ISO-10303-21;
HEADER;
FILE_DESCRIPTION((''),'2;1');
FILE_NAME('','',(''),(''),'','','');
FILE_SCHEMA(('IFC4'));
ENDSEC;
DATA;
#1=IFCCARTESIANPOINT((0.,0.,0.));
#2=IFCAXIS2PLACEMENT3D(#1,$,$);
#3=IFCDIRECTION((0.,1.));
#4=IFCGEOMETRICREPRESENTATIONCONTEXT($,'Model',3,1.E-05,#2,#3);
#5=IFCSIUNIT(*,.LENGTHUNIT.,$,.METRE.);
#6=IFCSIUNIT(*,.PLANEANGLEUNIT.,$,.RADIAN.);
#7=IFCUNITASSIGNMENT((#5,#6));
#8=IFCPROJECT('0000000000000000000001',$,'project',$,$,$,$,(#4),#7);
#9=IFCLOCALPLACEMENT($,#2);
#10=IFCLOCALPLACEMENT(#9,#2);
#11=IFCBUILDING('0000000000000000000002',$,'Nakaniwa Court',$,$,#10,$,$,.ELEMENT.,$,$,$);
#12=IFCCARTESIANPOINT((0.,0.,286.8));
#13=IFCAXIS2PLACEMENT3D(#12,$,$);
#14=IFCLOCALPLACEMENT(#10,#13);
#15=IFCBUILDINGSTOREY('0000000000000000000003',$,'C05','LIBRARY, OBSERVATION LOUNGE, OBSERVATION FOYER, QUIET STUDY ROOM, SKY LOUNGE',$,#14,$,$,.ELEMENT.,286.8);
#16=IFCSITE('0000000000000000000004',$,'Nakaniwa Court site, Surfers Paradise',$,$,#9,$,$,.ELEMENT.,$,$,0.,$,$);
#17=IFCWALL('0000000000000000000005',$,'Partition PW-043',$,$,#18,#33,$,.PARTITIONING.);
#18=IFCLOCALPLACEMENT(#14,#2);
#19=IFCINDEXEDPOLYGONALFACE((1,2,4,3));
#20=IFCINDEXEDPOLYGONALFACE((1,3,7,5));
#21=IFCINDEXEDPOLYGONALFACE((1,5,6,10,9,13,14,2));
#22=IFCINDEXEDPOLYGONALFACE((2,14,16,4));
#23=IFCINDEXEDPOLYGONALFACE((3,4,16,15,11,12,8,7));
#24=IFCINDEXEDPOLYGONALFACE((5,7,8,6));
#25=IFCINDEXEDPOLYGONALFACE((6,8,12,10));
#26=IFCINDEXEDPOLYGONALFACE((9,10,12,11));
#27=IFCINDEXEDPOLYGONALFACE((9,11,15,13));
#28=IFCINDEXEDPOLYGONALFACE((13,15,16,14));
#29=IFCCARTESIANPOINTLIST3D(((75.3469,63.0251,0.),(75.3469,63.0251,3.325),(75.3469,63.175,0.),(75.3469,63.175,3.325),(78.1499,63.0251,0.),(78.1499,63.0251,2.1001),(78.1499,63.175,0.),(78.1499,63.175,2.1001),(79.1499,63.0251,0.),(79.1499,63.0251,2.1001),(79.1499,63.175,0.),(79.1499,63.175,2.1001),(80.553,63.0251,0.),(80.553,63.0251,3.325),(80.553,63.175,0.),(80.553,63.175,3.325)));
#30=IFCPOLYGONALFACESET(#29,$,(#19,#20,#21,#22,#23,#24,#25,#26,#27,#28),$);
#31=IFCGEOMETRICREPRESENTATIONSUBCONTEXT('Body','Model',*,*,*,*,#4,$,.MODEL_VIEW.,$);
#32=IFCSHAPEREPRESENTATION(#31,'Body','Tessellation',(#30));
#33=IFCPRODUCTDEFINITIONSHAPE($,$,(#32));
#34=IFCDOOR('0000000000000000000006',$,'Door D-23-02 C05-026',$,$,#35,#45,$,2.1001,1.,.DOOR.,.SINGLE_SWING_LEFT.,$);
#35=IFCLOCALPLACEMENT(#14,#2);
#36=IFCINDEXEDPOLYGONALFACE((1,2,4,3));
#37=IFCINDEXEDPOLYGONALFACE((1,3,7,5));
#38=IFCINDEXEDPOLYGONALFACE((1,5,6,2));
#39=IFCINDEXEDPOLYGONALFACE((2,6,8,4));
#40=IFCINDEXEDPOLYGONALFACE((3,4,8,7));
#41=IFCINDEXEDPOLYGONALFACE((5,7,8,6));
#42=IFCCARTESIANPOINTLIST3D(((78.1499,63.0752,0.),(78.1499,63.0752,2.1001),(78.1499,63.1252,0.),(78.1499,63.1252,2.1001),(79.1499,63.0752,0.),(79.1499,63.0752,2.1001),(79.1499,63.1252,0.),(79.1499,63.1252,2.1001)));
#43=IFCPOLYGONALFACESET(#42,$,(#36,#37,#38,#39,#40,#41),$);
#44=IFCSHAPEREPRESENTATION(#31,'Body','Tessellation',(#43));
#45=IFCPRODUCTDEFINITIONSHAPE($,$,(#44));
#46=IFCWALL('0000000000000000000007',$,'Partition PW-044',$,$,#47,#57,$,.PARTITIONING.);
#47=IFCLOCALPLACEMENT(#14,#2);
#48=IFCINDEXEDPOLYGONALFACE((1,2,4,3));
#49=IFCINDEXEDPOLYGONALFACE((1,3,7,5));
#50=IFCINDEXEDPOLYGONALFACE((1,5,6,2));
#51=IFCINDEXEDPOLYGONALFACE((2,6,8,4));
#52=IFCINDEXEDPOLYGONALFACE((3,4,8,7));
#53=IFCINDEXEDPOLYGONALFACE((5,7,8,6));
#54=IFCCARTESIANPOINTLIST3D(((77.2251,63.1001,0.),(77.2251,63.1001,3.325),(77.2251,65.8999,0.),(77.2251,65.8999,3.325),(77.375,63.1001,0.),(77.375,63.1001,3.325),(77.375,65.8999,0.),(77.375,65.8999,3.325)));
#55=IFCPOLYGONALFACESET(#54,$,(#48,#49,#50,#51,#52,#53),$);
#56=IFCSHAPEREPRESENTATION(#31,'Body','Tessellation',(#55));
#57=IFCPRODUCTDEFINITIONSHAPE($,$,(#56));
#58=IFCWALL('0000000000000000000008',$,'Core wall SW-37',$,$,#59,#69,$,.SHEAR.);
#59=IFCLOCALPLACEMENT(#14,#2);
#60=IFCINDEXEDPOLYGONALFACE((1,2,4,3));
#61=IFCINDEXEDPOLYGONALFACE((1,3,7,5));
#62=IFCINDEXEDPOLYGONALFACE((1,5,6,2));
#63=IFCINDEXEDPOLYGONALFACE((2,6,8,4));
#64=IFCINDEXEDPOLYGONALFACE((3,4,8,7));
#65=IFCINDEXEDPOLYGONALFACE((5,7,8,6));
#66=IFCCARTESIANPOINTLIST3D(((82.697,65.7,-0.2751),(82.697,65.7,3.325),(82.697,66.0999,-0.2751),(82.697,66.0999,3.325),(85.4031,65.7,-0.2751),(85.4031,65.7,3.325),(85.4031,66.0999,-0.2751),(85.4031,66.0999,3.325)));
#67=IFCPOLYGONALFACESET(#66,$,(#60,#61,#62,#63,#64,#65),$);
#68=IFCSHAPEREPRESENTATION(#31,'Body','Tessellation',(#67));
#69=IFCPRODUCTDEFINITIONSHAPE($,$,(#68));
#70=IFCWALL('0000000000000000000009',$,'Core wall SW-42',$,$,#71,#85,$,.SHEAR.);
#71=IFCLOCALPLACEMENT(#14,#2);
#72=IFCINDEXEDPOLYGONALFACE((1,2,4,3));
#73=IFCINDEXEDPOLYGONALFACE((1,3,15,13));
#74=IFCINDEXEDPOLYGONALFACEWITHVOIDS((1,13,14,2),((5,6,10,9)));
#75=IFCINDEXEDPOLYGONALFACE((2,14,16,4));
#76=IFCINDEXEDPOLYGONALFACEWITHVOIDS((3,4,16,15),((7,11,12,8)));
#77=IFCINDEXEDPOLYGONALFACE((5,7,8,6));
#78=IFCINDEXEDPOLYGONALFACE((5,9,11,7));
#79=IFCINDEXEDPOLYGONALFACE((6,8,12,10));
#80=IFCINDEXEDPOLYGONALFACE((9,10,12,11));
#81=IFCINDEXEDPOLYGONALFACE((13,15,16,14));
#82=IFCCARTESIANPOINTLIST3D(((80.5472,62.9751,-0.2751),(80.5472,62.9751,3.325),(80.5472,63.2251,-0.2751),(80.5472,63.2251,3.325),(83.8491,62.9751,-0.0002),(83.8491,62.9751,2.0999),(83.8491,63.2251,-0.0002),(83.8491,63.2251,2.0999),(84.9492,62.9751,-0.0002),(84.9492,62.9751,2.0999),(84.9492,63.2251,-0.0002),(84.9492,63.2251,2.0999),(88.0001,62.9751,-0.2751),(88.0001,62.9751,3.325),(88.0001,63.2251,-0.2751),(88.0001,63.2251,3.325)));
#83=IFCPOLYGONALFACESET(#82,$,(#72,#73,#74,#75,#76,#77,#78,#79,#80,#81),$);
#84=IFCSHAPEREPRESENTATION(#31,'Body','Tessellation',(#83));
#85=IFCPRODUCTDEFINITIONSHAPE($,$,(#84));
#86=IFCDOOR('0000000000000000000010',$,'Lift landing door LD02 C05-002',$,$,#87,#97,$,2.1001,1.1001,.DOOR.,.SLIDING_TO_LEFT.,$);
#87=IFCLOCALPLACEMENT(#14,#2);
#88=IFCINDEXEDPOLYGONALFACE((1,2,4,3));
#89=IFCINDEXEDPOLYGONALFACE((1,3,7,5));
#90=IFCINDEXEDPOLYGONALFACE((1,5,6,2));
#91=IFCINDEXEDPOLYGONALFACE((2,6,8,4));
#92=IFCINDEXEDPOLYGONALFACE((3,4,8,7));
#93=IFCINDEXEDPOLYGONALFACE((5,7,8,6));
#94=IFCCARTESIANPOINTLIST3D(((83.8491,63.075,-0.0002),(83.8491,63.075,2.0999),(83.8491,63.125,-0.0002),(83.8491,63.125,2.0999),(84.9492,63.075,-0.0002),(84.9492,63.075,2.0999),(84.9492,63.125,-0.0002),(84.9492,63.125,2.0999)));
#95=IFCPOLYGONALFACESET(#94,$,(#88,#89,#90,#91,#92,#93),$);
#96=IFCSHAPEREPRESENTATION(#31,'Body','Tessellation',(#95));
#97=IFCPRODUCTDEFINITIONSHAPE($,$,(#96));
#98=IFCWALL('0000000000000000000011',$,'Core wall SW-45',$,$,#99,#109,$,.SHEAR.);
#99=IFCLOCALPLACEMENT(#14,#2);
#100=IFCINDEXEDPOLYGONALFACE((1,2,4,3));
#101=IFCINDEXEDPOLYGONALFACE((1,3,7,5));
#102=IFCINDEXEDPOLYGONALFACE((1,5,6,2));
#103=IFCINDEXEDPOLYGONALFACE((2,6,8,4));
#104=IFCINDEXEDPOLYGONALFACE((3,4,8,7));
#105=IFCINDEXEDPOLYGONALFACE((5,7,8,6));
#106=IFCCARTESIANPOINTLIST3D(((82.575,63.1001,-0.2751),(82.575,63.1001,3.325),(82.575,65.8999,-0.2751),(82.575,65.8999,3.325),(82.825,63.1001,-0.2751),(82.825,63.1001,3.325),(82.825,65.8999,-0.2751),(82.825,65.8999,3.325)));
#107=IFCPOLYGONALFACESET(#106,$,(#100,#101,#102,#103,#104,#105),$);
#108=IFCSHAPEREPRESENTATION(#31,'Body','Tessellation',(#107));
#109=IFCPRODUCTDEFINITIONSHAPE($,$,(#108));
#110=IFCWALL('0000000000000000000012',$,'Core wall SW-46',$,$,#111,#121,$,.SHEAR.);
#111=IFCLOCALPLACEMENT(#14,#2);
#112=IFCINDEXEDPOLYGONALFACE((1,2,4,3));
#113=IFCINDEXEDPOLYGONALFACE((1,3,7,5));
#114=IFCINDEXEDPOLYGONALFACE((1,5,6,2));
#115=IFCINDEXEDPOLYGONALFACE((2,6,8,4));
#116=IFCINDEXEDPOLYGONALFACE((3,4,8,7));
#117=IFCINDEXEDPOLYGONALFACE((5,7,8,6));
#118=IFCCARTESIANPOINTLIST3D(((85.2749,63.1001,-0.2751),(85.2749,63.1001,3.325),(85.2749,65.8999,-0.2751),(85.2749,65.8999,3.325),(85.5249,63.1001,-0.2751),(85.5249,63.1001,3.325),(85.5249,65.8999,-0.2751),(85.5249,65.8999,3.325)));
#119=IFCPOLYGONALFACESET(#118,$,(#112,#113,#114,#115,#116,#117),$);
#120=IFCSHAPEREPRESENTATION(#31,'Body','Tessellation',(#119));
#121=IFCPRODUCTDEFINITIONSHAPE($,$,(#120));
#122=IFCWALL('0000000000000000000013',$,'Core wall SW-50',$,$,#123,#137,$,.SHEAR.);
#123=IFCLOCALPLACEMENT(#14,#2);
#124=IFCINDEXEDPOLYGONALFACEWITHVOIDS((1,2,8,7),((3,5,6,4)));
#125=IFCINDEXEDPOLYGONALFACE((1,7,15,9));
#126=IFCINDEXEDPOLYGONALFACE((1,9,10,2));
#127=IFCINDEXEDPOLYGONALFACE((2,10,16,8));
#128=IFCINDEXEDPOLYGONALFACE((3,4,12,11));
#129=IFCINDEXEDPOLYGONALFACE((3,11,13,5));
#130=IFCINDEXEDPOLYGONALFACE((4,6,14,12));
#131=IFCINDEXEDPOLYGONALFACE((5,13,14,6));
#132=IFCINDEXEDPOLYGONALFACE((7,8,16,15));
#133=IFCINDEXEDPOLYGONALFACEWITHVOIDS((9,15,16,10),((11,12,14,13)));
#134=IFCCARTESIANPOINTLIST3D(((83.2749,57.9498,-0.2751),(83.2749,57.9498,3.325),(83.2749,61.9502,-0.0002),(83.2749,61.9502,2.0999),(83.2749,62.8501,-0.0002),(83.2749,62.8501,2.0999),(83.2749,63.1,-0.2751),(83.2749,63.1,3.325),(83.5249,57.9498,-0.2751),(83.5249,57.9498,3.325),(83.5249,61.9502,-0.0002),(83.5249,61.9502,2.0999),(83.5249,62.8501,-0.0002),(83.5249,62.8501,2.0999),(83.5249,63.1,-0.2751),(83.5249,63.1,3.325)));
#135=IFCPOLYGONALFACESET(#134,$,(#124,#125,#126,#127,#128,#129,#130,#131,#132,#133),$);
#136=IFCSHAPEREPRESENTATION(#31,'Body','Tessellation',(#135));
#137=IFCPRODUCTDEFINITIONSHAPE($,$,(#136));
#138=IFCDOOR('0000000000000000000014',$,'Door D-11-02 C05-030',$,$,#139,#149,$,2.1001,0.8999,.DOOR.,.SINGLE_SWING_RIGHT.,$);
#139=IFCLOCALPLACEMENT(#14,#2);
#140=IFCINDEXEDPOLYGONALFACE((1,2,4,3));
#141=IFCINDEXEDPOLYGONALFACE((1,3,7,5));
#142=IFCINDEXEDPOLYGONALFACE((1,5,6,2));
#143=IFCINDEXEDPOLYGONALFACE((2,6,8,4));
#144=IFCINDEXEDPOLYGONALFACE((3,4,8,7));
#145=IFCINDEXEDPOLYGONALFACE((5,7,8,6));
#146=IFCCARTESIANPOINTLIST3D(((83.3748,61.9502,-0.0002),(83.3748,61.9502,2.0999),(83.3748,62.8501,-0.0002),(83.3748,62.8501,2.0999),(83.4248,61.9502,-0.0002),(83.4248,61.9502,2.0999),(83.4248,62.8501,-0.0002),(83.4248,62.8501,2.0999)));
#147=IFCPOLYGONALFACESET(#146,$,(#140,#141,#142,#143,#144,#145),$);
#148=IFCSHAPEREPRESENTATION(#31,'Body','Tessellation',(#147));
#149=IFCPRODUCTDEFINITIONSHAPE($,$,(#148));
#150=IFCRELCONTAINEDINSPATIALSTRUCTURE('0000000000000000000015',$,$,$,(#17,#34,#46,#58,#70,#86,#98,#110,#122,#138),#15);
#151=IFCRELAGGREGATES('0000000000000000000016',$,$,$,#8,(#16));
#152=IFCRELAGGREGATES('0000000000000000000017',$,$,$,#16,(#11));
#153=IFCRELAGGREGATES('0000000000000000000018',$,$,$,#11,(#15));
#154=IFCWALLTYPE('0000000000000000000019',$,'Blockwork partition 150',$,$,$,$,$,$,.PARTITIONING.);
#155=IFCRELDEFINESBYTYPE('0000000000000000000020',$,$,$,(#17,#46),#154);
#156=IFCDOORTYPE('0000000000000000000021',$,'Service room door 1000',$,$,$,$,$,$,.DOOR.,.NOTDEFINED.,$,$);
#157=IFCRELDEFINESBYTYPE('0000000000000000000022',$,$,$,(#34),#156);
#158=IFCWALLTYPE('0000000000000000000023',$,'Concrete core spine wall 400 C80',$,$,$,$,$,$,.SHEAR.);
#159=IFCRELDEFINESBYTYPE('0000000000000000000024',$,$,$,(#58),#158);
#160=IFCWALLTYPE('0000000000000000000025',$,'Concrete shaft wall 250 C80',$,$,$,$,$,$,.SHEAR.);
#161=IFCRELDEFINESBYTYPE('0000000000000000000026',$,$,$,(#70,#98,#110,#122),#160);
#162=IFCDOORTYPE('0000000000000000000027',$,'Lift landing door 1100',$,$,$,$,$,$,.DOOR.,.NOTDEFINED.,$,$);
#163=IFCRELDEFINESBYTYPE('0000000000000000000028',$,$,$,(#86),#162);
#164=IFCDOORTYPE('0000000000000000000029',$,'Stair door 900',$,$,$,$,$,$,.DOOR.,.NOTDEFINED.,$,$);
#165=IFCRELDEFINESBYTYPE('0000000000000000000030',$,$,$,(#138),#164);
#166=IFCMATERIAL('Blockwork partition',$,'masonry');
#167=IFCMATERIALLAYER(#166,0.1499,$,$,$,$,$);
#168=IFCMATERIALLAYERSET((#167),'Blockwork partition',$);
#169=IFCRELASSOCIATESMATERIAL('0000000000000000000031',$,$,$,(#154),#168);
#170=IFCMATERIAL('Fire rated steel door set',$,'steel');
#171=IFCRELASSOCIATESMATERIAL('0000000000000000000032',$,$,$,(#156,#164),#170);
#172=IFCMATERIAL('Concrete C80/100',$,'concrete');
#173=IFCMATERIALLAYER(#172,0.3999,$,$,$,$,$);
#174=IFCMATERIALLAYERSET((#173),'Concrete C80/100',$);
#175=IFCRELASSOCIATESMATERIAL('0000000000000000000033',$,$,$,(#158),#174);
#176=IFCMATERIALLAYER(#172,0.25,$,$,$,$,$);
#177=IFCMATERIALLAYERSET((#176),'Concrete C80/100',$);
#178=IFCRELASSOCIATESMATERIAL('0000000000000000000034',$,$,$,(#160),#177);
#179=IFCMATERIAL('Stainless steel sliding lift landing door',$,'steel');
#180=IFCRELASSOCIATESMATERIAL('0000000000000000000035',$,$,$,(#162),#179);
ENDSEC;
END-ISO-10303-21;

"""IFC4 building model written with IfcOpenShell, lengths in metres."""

from ifc_helpers import new_model, si_unit, direction, frame, frame_2d, origin, place, context, subcontext, project, spatial, rectangle, extrude, material, layer, layer_set, type_object, element, fill, save


model = new_model("IFC4")

# Units and contexts
model_context = context("Model", 3, precision=1e-05, world=origin(), true_north=direction((0.0, 1.0)))
body_context = subcontext(model_context, "Body", "Model", "MODEL_VIEW")
ifc_project = project(units=[si_unit("LENGTHUNIT", "METRE"), si_unit("PLANEANGLEUNIT", "RADIAN")], contexts=[model_context])

# Site, building, storey
site_placement = place(None, origin())
site = spatial("IfcSite", under=ifc_project, at=site_placement, Name="Nakaniwa Court site, Surfers Paradise", CompositionType="ELEMENT", RefElevation=0.0)
building_placement = place(site_placement, origin())
building = spatial("IfcBuilding", under=site, at=building_placement, Name="Nakaniwa Court", CompositionType="ELEMENT")
storey_placement = place(building_placement, frame((0.0, 0.0, 286.8)))
storey = spatial("IfcBuildingStorey", under=building, at=storey_placement, Name="C05", Description="LIBRARY, OBSERVATION LOUNGE, OBSERVATION FOYER, QUIET STUDY ROOM, SKY LOUNGE", CompositionType="ELEMENT", Elevation=286.8)

# Shared definitions
ifc_material_1 = material(Name="Blockwork partition", Category="masonry")
ifc_layer_1 = layer(ifc_material_1, 0.1499)
ifc_layer_set_1 = layer_set([ifc_layer_1], Name="Blockwork partition")
wall_type_1 = type_object("IfcWallType", Name="Blockwork partition 150", PredefinedType="PARTITIONING", material=ifc_layer_set_1)

# Shared definitions
ifc_material_2 = material(Name="Fire rated steel door set", Category="steel")

# Wall, opening, door
wall_1_placement = place(storey_placement, frame((80.553, 63.1001, 0.0), z_axis=(0.0, 0.0, 1.0), x_axis=(-1.0, 0.0, 0.0)))
wall_1 = element("IfcWall", 1, at=wall_1_placement, inside=storey, type_object=wall_type_1, Name="Partition PW-043", PredefinedType="PARTITIONING", context=body_context, shape_type="SweptSolid", body=[
    extrude(rectangle(XDim=5.2061, YDim=0.1499, at=frame_2d((2.603, 0.0))), origin(), (0.0, 0.0, 1.0), 3.325),
])
opening_1_placement = place(wall_1_placement, frame((1.4031, 0.0, 0.0)))
opening_1 = element("IfcOpeningElement", 2, at=opening_1_placement, cuts=wall_1, PredefinedType="OPENING", context=body_context, shape_type="SweptSolid", body=[
    extrude(rectangle(XDim=1.0, YDim=2.1001, at=frame_2d((0.5, 1.05))), frame((0.0, 0.085, 0.0), z_axis=(0.0, -1.0, 0.0), x_axis=(1.0, 0.0, 0.0)), (0.0, 0.0, 1.0), 0.1699),
])
door_type_1 = type_object("IfcDoorType", Name="Service room door 1000", OperationType="NOTDEFINED", PredefinedType="DOOR", material=ifc_material_2)
door_1_placement = place(opening_1_placement, origin())
door_1 = element("IfcDoor", 3, at=door_1_placement, inside=storey, type_object=door_type_1, Name="Door D-23-02 C05-026", OperationType="SINGLE_SWING_LEFT", OverallHeight=2.1001, OverallWidth=1.0, PredefinedType="DOOR", context=body_context, shape_type="SweptSolid", body=[
    extrude(rectangle(XDim=1.0, YDim=2.1001, at=frame_2d((0.5, 1.05))), frame((0.0, 0.0249, 0.0), z_axis=(0.0, -1.0, 0.0), x_axis=(1.0, 0.0, 0.0)), (0.0, 0.0, 1.0), 0.05),
])
fill(opening_1, door_1)

# Walls
wall_2_placement = place(storey_placement, frame((77.3, 63.1001, 0.0), z_axis=(0.0, 0.0, 1.0), x_axis=(0.0, 1.0, 0.0)))
element("IfcWall", 4, at=wall_2_placement, inside=storey, type_object=wall_type_1, Name="Partition PW-044", PredefinedType="PARTITIONING", context=body_context, shape_type="SweptSolid", body=[
    extrude(rectangle(XDim=2.7998, YDim=0.1499, at=frame_2d((1.3999, 0.0))), origin(), (0.0, 0.0, 1.0), 3.325),
])
ifc_material_3 = material(Name="Concrete C80/100", Category="concrete")
ifc_layer_2 = layer(ifc_material_3, 0.3999)
ifc_layer_set_2 = layer_set([ifc_layer_2], Name="Concrete C80/100")
wall_type_2 = type_object("IfcWallType", Name="Concrete core spine wall 400 C80", PredefinedType="SHEAR", material=ifc_layer_set_2)
wall_3_placement = place(storey_placement, frame((82.697, 65.8999, -0.2751), z_axis=(0.0, 0.0, 1.0), x_axis=(1.0, 0.0, 0.0)))
element("IfcWall", 5, at=wall_3_placement, inside=storey, type_object=wall_type_2, Name="Core wall SW-37", PredefinedType="SHEAR", context=body_context, shape_type="SweptSolid", body=[
    extrude(rectangle(XDim=2.7061, YDim=0.3999, at=frame_2d((1.353, 0.0))), origin(), (0.0, 0.0, 1.0), 3.6001),
])

# Wall, opening, door
ifc_layer_3 = layer(ifc_material_3, 0.25)
ifc_layer_set_3 = layer_set([ifc_layer_3], Name="Concrete C80/100")
wall_type_3 = type_object("IfcWallType", Name="Concrete shaft wall 250 C80", PredefinedType="SHEAR", material=ifc_layer_set_3)
wall_4_placement = place(storey_placement, frame((80.5471, 63.1001, -0.2751), z_axis=(0.0, 0.0, 1.0), x_axis=(1.0, 0.0, 0.0)))
wall_4 = element("IfcWall", 6, at=wall_4_placement, inside=storey, type_object=wall_type_3, Name="Core wall SW-42", PredefinedType="SHEAR", context=body_context, shape_type="SweptSolid", body=[
    extrude(rectangle(XDim=7.4529, YDim=0.25, at=frame_2d((3.7266, 0.0))), origin(), (0.0, 0.0, 1.0), 3.6001),
])
opening_2_placement = place(wall_4_placement, frame((3.302, 0.0, 0.2749)))
opening_2 = element("IfcOpeningElement", 7, at=opening_2_placement, cuts=wall_4, PredefinedType="OPENING", context=body_context, shape_type="SweptSolid", body=[
    extrude(rectangle(XDim=1.1001, YDim=2.1001, at=frame_2d((0.55, 1.05))), frame((0.0, 0.135, 0.0), z_axis=(0.0, -1.0, 0.0), x_axis=(1.0, 0.0, 0.0)), (0.0, 0.0, 1.0), 0.27),
])
ifc_material_4 = material(Name="Stainless steel sliding lift landing door", Category="steel")
door_type_2 = type_object("IfcDoorType", Name="Lift landing door 1100", OperationType="NOTDEFINED", PredefinedType="DOOR", material=ifc_material_4)
door_2_placement = place(opening_2_placement, origin())
door_2 = element("IfcDoor", 8, at=door_2_placement, inside=storey, type_object=door_type_2, Name="Lift landing door LD02 C05-002", OperationType="SLIDING_TO_LEFT", OverallHeight=2.1001, OverallWidth=1.1001, PredefinedType="DOOR", context=body_context, shape_type="SweptSolid", body=[
    extrude(rectangle(XDim=1.1001, YDim=2.1001, at=frame_2d((0.55, 1.05))), frame((0.0, 0.0249, 0.0), z_axis=(0.0, -1.0, 0.0), x_axis=(1.0, 0.0, 0.0)), (0.0, 0.0, 1.0), 0.05),
])
fill(opening_2, door_2)

# Walls
for number, where, z_axis, x_axis, name in (
    (9, (82.7, 63.1001, -0.2751), (0.0, 0.0, 1.0), (0.0, 1.0, 0.0), "Core wall SW-45"),
    (10, (85.3999, 63.1001, -0.2751), (0.0, 0.0, 1.0), (0.0, 1.0, 0.0), "Core wall SW-46"),
):
    element("IfcWall", number, at=place(storey_placement, frame(where, z_axis=z_axis, x_axis=x_axis)), inside=storey, type_object=wall_type_3, Name=name, PredefinedType="SHEAR", context=body_context, shape_type="SweptSolid", body=[
        extrude(rectangle(XDim=2.7998, YDim=0.25, at=frame_2d((1.3999, 0.0))), origin(), (0.0, 0.0, 1.0), 3.6001),
    ])

# Wall, opening, door
wall_5_placement = place(storey_placement, frame((83.3999, 63.1001, -0.2751), z_axis=(0.0, 0.0, 1.0), x_axis=(0.0, -1.0, 0.0)))
wall_5 = element("IfcWall", 11, at=wall_5_placement, inside=storey, type_object=wall_type_3, Name="Core wall SW-50", PredefinedType="SHEAR", context=body_context, shape_type="SweptSolid", body=[
    extrude(rectangle(XDim=5.1501, YDim=0.25, at=frame_2d((2.5752, 0.0))), origin(), (0.0, 0.0, 1.0), 3.6001),
])
opening_3_placement = place(wall_5_placement, frame((0.25, 0.0, 0.2749)))
opening_3 = element("IfcOpeningElement", 12, at=opening_3_placement, cuts=wall_5, PredefinedType="OPENING", context=body_context, shape_type="SweptSolid", body=[
    extrude(rectangle(XDim=0.8999, YDim=2.1001, at=frame_2d((0.45, 1.05))), frame((0.0, 0.135, 0.0), z_axis=(0.0, -1.0, 0.0), x_axis=(1.0, 0.0, 0.0)), (0.0, 0.0, 1.0), 0.27),
])
door_type_3 = type_object("IfcDoorType", Name="Stair door 900", OperationType="NOTDEFINED", PredefinedType="DOOR", material=ifc_material_2)
door_3_placement = place(opening_3_placement, origin())
door_3 = element("IfcDoor", 13, at=door_3_placement, inside=storey, type_object=door_type_3, Name="Door D-11-02 C05-030", OperationType="SINGLE_SWING_RIGHT", OverallHeight=2.1001, OverallWidth=0.8999, PredefinedType="DOOR", context=body_context, shape_type="SweptSolid", body=[
    extrude(rectangle(XDim=0.8999, YDim=2.1001, at=frame_2d((0.45, 1.05))), frame((0.0, 0.0249, 0.0), z_axis=(0.0, -1.0, 0.0), x_axis=(1.0, 0.0, 0.0)), (0.0, 0.0, 1.0), 0.05),
])
fill(opening_3, door_3)

save(model, "model.ifc")
